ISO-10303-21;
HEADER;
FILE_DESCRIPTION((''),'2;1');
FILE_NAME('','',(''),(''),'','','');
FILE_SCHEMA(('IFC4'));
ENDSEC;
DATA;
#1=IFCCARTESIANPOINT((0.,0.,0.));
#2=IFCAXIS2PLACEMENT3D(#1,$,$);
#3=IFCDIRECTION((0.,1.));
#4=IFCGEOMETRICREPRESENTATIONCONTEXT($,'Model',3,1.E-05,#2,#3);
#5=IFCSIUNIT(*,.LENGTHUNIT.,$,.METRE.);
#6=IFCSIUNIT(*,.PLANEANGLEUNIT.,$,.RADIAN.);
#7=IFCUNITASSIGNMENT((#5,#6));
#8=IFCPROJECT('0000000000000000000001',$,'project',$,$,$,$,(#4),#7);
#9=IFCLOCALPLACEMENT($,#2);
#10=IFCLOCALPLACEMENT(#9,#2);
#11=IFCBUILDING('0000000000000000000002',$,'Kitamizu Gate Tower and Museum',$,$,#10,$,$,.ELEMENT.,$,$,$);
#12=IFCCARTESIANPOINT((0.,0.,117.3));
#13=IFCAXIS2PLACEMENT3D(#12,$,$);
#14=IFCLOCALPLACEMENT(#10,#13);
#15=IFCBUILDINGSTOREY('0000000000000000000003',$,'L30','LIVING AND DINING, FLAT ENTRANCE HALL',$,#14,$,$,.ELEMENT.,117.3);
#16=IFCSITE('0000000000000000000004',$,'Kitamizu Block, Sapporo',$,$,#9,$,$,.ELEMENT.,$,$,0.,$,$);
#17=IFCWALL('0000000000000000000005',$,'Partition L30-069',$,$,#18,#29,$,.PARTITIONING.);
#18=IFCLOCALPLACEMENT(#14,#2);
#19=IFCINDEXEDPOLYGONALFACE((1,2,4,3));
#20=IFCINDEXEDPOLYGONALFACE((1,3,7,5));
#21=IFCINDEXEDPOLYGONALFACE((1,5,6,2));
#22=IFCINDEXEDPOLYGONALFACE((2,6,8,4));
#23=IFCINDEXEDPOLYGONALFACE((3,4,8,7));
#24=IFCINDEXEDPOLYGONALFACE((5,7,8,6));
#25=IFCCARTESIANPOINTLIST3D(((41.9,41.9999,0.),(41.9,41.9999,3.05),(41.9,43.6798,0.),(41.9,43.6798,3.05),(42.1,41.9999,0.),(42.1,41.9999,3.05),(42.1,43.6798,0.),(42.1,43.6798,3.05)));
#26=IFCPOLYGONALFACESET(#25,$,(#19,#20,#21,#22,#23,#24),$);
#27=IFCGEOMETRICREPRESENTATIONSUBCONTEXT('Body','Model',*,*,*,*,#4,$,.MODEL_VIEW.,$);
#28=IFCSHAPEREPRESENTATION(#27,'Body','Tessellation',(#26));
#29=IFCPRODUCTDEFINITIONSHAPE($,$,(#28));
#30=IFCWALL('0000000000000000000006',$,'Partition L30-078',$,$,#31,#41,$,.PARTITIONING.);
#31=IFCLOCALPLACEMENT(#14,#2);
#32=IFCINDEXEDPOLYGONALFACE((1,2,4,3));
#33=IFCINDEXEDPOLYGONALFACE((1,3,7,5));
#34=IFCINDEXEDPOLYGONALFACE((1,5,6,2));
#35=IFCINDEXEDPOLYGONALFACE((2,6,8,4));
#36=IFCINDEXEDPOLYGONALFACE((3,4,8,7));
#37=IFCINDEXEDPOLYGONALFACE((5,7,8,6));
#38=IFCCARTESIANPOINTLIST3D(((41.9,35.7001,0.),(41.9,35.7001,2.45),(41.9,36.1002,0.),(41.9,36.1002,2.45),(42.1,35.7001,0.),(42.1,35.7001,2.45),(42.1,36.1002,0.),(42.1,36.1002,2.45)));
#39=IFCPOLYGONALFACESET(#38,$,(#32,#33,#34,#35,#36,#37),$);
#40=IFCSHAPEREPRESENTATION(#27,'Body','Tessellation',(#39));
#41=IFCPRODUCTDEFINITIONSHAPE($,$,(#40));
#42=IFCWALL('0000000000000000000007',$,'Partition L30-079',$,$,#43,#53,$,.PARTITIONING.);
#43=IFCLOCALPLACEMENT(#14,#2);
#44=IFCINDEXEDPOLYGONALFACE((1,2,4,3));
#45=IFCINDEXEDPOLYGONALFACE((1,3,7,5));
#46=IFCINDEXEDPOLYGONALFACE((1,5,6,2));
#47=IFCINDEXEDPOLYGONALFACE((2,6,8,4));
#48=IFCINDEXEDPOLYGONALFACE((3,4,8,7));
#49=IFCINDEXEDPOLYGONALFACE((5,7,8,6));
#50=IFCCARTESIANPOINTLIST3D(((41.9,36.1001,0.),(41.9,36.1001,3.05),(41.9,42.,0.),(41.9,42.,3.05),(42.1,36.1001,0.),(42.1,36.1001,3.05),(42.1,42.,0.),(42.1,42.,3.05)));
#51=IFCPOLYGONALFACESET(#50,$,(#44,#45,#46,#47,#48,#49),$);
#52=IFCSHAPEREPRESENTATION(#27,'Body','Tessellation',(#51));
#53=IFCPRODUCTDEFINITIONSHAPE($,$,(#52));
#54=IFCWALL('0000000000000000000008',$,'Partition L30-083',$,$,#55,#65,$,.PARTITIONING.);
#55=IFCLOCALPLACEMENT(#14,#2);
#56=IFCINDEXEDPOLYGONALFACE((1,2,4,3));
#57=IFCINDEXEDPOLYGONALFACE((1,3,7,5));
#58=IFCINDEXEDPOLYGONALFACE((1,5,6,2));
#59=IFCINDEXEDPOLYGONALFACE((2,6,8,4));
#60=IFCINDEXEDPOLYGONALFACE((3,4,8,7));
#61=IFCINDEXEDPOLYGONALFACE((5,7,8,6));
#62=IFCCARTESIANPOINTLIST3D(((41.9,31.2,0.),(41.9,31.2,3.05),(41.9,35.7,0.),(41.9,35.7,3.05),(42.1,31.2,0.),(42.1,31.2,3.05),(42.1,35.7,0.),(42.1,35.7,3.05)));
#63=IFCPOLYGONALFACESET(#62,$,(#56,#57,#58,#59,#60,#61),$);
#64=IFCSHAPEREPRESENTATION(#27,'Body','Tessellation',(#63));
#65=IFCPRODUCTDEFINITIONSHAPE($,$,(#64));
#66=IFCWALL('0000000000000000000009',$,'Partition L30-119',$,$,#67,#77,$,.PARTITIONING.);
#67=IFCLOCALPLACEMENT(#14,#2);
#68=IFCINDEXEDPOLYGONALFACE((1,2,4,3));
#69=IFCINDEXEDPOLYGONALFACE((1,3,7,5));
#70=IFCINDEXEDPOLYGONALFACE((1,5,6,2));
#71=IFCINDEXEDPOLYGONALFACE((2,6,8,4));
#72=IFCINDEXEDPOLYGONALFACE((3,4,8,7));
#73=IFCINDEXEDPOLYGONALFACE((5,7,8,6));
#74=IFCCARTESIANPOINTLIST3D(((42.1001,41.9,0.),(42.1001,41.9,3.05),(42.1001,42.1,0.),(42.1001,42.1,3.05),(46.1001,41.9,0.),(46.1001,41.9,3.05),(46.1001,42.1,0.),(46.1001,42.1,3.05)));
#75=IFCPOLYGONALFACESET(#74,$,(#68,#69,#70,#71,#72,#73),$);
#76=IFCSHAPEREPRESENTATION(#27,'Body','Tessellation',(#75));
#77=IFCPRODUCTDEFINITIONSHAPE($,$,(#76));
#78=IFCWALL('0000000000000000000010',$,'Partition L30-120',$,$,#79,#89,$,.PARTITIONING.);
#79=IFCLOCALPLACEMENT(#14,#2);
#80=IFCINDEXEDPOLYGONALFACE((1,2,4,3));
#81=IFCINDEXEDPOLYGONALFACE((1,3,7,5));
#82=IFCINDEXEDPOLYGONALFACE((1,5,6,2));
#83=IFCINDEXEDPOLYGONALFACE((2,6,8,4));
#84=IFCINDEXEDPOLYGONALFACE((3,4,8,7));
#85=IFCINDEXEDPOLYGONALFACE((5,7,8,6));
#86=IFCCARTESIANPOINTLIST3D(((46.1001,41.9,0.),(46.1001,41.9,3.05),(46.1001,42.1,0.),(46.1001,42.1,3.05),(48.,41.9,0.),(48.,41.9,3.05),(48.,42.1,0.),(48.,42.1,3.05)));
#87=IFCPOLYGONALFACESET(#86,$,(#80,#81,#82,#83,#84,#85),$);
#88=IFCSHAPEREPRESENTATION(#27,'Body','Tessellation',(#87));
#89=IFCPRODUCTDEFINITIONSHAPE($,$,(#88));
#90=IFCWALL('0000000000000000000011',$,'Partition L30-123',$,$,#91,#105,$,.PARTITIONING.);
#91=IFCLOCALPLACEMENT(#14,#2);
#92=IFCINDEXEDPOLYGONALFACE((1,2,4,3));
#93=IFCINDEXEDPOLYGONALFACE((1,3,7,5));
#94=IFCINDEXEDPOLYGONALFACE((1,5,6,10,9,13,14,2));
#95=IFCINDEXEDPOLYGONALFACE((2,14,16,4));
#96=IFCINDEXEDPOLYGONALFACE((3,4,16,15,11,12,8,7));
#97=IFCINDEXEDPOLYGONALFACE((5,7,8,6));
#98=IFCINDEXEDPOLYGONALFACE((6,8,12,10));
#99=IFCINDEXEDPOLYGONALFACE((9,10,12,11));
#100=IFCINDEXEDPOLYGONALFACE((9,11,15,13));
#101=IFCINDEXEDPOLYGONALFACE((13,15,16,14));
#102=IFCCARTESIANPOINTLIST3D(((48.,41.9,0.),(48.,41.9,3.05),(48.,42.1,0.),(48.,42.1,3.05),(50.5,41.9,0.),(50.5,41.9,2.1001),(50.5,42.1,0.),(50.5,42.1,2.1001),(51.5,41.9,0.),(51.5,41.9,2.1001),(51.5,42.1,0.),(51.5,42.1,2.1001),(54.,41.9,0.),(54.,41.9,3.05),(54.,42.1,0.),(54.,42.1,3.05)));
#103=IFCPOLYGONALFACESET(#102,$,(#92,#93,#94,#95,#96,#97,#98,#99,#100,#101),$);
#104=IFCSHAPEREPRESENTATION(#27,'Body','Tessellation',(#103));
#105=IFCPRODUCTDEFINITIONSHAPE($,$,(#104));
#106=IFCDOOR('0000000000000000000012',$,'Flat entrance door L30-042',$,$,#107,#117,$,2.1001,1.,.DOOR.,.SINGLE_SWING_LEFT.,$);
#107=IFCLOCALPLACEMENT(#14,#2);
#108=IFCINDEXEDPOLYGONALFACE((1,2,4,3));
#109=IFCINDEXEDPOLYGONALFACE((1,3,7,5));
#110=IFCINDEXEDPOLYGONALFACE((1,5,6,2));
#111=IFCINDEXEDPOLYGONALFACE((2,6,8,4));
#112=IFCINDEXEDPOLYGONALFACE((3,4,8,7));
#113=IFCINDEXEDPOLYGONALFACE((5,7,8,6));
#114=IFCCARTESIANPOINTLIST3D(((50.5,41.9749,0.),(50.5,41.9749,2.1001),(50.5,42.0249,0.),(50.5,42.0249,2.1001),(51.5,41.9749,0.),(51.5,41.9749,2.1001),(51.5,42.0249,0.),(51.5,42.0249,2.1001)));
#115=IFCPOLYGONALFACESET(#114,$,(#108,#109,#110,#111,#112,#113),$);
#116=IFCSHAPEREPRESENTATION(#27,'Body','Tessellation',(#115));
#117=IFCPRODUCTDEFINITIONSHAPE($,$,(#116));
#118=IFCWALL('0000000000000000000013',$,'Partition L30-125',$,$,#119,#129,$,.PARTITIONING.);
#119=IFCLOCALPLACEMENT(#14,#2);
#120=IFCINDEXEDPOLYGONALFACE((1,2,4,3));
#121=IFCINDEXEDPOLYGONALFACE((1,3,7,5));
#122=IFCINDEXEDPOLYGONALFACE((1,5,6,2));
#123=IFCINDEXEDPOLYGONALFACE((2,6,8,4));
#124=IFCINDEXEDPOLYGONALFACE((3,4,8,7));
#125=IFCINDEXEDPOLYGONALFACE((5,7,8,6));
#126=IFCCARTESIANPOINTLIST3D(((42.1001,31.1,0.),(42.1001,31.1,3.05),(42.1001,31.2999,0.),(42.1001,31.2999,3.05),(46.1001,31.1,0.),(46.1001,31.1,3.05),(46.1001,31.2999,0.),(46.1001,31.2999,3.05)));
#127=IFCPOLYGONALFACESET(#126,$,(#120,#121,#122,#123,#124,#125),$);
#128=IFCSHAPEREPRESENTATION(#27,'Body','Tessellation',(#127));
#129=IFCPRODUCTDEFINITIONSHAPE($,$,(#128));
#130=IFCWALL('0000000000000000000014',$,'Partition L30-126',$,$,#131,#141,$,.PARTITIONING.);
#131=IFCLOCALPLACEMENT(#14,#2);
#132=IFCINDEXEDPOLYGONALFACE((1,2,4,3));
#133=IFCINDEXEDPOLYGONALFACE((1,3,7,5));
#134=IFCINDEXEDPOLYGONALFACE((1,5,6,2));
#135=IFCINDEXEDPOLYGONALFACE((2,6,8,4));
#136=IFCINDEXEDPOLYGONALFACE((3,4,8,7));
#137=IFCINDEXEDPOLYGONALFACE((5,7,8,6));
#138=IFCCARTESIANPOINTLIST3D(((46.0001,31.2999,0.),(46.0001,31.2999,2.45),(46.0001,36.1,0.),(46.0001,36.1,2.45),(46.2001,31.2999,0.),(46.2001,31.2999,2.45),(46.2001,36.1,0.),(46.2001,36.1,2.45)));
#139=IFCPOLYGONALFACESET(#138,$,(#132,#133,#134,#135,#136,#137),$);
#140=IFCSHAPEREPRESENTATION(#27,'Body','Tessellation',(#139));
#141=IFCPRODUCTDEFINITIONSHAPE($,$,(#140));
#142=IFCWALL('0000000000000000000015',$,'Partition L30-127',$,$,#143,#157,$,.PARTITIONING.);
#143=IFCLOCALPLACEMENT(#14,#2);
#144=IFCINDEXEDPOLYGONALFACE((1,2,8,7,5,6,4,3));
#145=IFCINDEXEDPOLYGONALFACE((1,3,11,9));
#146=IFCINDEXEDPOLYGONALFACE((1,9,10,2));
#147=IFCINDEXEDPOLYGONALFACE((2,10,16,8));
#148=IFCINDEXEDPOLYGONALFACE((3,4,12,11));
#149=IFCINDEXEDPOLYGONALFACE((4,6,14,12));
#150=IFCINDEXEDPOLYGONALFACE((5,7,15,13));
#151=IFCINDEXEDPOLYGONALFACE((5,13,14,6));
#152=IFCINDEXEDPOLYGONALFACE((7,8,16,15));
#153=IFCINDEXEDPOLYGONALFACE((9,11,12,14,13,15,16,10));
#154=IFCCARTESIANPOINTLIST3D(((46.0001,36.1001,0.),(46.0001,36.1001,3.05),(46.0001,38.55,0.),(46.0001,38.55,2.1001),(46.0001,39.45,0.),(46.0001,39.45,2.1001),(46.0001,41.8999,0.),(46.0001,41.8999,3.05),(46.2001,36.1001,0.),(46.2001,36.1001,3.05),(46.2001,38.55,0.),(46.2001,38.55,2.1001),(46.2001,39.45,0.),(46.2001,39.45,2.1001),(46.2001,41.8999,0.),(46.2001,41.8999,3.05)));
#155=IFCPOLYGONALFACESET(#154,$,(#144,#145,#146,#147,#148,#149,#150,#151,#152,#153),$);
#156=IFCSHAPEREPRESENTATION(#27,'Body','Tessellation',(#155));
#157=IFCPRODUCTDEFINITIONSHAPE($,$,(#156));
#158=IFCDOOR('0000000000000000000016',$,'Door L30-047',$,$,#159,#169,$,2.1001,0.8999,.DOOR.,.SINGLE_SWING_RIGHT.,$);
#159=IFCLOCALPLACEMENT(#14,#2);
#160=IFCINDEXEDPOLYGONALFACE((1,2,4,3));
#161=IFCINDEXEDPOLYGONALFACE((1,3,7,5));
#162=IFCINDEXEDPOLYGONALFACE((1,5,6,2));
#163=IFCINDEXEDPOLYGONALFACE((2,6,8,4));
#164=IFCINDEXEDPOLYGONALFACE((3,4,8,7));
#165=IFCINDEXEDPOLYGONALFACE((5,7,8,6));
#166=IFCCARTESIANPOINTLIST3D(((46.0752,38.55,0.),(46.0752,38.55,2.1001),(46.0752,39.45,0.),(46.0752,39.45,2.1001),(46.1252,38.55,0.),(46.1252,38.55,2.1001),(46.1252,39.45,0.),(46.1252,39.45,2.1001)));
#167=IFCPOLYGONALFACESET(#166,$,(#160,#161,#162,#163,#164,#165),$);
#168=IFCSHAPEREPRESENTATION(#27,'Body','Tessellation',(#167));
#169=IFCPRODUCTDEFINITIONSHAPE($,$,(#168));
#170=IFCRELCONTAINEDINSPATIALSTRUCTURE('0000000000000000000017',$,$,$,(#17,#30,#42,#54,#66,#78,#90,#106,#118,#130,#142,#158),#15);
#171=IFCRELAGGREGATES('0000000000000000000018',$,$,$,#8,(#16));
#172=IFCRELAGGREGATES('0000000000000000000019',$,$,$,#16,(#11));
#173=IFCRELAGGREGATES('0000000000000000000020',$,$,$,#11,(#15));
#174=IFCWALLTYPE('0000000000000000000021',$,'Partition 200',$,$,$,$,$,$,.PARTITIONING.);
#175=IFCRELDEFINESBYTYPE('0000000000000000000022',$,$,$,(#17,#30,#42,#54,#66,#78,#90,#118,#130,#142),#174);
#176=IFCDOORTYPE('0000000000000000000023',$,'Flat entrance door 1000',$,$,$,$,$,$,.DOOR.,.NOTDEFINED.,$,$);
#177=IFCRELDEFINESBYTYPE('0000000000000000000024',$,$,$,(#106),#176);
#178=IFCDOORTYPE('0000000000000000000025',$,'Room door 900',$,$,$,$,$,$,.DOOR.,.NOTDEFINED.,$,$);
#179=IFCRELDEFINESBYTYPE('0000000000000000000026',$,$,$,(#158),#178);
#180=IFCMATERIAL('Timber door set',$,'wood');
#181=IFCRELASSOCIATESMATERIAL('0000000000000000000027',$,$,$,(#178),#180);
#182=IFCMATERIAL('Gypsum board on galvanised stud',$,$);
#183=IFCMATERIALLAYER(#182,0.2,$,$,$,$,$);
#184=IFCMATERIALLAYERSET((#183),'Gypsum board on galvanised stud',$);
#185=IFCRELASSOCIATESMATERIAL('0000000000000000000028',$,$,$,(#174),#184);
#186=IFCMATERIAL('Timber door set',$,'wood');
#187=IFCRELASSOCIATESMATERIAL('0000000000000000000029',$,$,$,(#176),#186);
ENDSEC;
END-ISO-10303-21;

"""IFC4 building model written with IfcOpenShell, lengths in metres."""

from ifc_helpers import new_model, si_unit, direction, frame, frame_2d, origin, place, context, subcontext, project, spatial, rectangle, extrude, material, layer, layer_set, type_object, element, fill, save


model = new_model("IFC4")

# Units and contexts
model_context = context("Model", 3, precision=1e-05, world=origin(), true_north=direction((0.0, 1.0)))
body_context = subcontext(model_context, "Body", "Model", "MODEL_VIEW")
ifc_project = project(units=[si_unit("LENGTHUNIT", "METRE"), si_unit("PLANEANGLEUNIT", "RADIAN")], contexts=[model_context])

# Site, building, storey
site_placement = place(None, origin())
site = spatial("IfcSite", under=ifc_project, at=site_placement, Name="Kitamizu Block, Sapporo", CompositionType="ELEMENT", RefElevation=0.0)
building_placement = place(site_placement, origin())
building = spatial("IfcBuilding", under=site, at=building_placement, Name="Kitamizu Gate Tower and Museum", CompositionType="ELEMENT")
storey_placement = place(building_placement, frame((0.0, 0.0, 117.3)))
storey = spatial("IfcBuildingStorey", under=building, at=storey_placement, Name="L30", Description="LIVING AND DINING, FLAT ENTRANCE HALL", CompositionType="ELEMENT", Elevation=117.3)

# Shared definitions
ifc_material_1 = material(Name="Timber door set", Category="wood")
door_type_1 = type_object("IfcDoorType", Name="Room door 900", OperationType="NOTDEFINED", PredefinedType="DOOR", material=ifc_material_1)

# Walls
ifc_material_2 = material(Name="Gypsum board on galvanised stud")
ifc_layer_1 = layer(ifc_material_2, 0.2)
ifc_layer_set_1 = layer_set([ifc_layer_1], Name="Gypsum board on galvanised stud")
wall_type_1 = type_object("IfcWallType", Name="Partition 200", PredefinedType="PARTITIONING", material=ifc_layer_set_1)
wall_1_placement = place(storey_placement, frame((42.0, 42.0, 0.0), z_axis=(0.0, 0.0, 1.0), x_axis=(0.0, 1.0, 0.0)))
element("IfcWall", 1, at=wall_1_placement, inside=storey, type_object=wall_type_1, Name="Partition L30-069", PredefinedType="PARTITIONING", context=body_context, shape_type="SweptSolid", body=[
    extrude(rectangle(XDim=1.6799, YDim=0.2, at=frame_2d((0.8398, 0.0))), origin(), (0.0, 0.0, 1.0), 3.05),
])
wall_2_placement = place(storey_placement, frame((42.0, 35.7, 0.0), z_axis=(0.0, 0.0, 1.0), x_axis=(0.0, 1.0, 0.0)))
element("IfcWall", 2, at=wall_2_placement, inside=storey, type_object=wall_type_1, Name="Partition L30-078", PredefinedType="PARTITIONING", context=body_context, shape_type="SweptSolid", body=[
    extrude(rectangle(XDim=0.4001, YDim=0.2, at=frame_2d((0.2002, 0.0))), origin(), (0.0, 0.0, 1.0), 2.45),
])
wall_3_placement = place(storey_placement, frame((42.0, 36.1001, 0.0), z_axis=(0.0, 0.0, 1.0), x_axis=(0.0, 1.0, 0.0)))
element("IfcWall", 3, at=wall_3_placement, inside=storey, type_object=wall_type_1, Name="Partition L30-079", PredefinedType="PARTITIONING", context=body_context, shape_type="SweptSolid", body=[
    extrude(rectangle(XDim=5.8999, YDim=0.2, at=frame_2d((2.95, 0.0))), origin(), (0.0, 0.0, 1.0), 3.05),
])
wall_4_placement = place(storey_placement, frame((42.0, 31.2, 0.0), z_axis=(0.0, 0.0, 1.0), x_axis=(0.0, 1.0, 0.0)))
element("IfcWall", 4, at=wall_4_placement, inside=storey, type_object=wall_type_1, Name="Partition L30-083", PredefinedType="PARTITIONING", context=body_context, shape_type="SweptSolid", body=[
    extrude(rectangle(XDim=4.5, YDim=0.2, at=frame_2d((2.25, 0.0))), origin(), (0.0, 0.0, 1.0), 3.05),
])
wall_5_placement = place(storey_placement, frame((42.1001, 42.0, 0.0), z_axis=(0.0, 0.0, 1.0), x_axis=(1.0, 0.0, 0.0)))
element("IfcWall", 5, at=wall_5_placement, inside=storey, type_object=wall_type_1, Name="Partition L30-119", PredefinedType="PARTITIONING", context=body_context, shape_type="SweptSolid", body=[
    extrude(rectangle(XDim=4.0, YDim=0.2, at=frame_2d((2.0, 0.0))), origin(), (0.0, 0.0, 1.0), 3.05),
])
wall_6_placement = place(storey_placement, frame((46.1001, 42.0, 0.0), z_axis=(0.0, 0.0, 1.0), x_axis=(1.0, 0.0, 0.0)))
element("IfcWall", 6, at=wall_6_placement, inside=storey, type_object=wall_type_1, Name="Partition L30-120", PredefinedType="PARTITIONING", context=body_context, shape_type="SweptSolid", body=[
    extrude(rectangle(XDim=1.8999, YDim=0.2, at=frame_2d((0.95, 0.0))), origin(), (0.0, 0.0, 1.0), 3.05),
])

# Wall, opening, door
wall_7_placement = place(storey_placement, frame((48.0, 42.0, 0.0), z_axis=(0.0, 0.0, 1.0), x_axis=(1.0, 0.0, 0.0)))
wall_7 = element("IfcWall", 7, at=wall_7_placement, inside=storey, type_object=wall_type_1, Name="Partition L30-123", PredefinedType="PARTITIONING", context=body_context, shape_type="SweptSolid", body=[
    extrude(rectangle(XDim=6.0, YDim=0.2, at=frame_2d((3.0, 0.0))), origin(), (0.0, 0.0, 1.0), 3.05),
])
opening_1_placement = place(wall_7_placement, frame((2.5, 0.0, 0.0)))
opening_1 = element("IfcOpeningElement", 8, at=opening_1_placement, cuts=wall_7, PredefinedType="OPENING", context=body_context, shape_type="SweptSolid", body=[
    extrude(rectangle(XDim=1.0, YDim=2.1001, at=frame_2d((0.5, 1.05))), frame((0.0, 0.1099, 0.0), z_axis=(0.0, -1.0, 0.0), x_axis=(1.0, 0.0, 0.0)), (0.0, 0.0, 1.0), 0.22),
])
ifc_material_3 = material(Name="Timber door set", Category="wood")
door_type_2 = type_object("IfcDoorType", Name="Flat entrance door 1000", OperationType="NOTDEFINED", PredefinedType="DOOR", material=ifc_material_3)
door_1_placement = place(opening_1_placement, origin())
door_1 = element("IfcDoor", 9, at=door_1_placement, inside=storey, type_object=door_type_2, Name="Flat entrance door L30-042", OperationType="SINGLE_SWING_LEFT", OverallHeight=2.1001, OverallWidth=1.0, PredefinedType="DOOR", context=body_context, shape_type="SweptSolid", body=[
    extrude(rectangle(XDim=1.0, YDim=2.1001, at=frame_2d((0.5, 1.05))), frame((0.0, 0.0249, 0.0), z_axis=(0.0, -1.0, 0.0), x_axis=(1.0, 0.0, 0.0)), (0.0, 0.0, 1.0), 0.05),
])
fill(opening_1, door_1)

# Walls
wall_8_placement = place(storey_placement, frame((42.1001, 31.2, 0.0), z_axis=(0.0, 0.0, 1.0), x_axis=(1.0, 0.0, 0.0)))
element("IfcWall", 10, at=wall_8_placement, inside=storey, type_object=wall_type_1, Name="Partition L30-125", PredefinedType="PARTITIONING", context=body_context, shape_type="SweptSolid", body=[
    extrude(rectangle(XDim=4.0, YDim=0.2, at=frame_2d((2.0, 0.0))), origin(), (0.0, 0.0, 1.0), 3.05),
])
wall_9_placement = place(storey_placement, frame((46.1001, 31.3, 0.0), z_axis=(0.0, 0.0, 1.0), x_axis=(0.0, 1.0, 0.0)))
element("IfcWall", 11, at=wall_9_placement, inside=storey, type_object=wall_type_1, Name="Partition L30-126", PredefinedType="PARTITIONING", context=body_context, shape_type="SweptSolid", body=[
    extrude(rectangle(XDim=4.8, YDim=0.2, at=frame_2d((2.3999, 0.0))), origin(), (0.0, 0.0, 1.0), 2.45),
])

# Wall, opening, door
wall_10_placement = place(storey_placement, frame((46.1001, 36.1001, 0.0), z_axis=(0.0, 0.0, 1.0), x_axis=(0.0, 1.0, 0.0)))
wall_10 = element("IfcWall", 12, at=wall_10_placement, inside=storey, type_object=wall_type_1, Name="Partition L30-127", PredefinedType="PARTITIONING", context=body_context, shape_type="SweptSolid", body=[
    extrude(rectangle(XDim=5.7998, YDim=0.2, at=frame_2d((2.8999, 0.0))), origin(), (0.0, 0.0, 1.0), 3.05),
])
opening_2_placement = place(wall_10_placement, frame((2.45, 0.0, 0.0)))
opening_2 = element("IfcOpeningElement", 13, at=opening_2_placement, cuts=wall_10, PredefinedType="OPENING", context=body_context, shape_type="SweptSolid", body=[
    extrude(rectangle(XDim=0.8999, YDim=2.1001, at=frame_2d((0.45, 1.05))), frame((0.0, 0.1099, 0.0), z_axis=(0.0, -1.0, 0.0), x_axis=(1.0, 0.0, 0.0)), (0.0, 0.0, 1.0), 0.22),
])
door_2_placement = place(opening_2_placement, origin())
door_2 = element("IfcDoor", 14, at=door_2_placement, inside=storey, type_object=door_type_1, Name="Door L30-047", OperationType="SINGLE_SWING_RIGHT", OverallHeight=2.1001, OverallWidth=0.8999, PredefinedType="DOOR", context=body_context, shape_type="SweptSolid", body=[
    extrude(rectangle(XDim=0.8999, YDim=2.1001, at=frame_2d((0.45, 1.05))), frame((0.0, 0.0249, 0.0), z_axis=(0.0, -1.0, 0.0), x_axis=(1.0, 0.0, 0.0)), (0.0, 0.0, 1.0), 0.05),
])
fill(opening_2, door_2)

save(model, "model.ifc")
